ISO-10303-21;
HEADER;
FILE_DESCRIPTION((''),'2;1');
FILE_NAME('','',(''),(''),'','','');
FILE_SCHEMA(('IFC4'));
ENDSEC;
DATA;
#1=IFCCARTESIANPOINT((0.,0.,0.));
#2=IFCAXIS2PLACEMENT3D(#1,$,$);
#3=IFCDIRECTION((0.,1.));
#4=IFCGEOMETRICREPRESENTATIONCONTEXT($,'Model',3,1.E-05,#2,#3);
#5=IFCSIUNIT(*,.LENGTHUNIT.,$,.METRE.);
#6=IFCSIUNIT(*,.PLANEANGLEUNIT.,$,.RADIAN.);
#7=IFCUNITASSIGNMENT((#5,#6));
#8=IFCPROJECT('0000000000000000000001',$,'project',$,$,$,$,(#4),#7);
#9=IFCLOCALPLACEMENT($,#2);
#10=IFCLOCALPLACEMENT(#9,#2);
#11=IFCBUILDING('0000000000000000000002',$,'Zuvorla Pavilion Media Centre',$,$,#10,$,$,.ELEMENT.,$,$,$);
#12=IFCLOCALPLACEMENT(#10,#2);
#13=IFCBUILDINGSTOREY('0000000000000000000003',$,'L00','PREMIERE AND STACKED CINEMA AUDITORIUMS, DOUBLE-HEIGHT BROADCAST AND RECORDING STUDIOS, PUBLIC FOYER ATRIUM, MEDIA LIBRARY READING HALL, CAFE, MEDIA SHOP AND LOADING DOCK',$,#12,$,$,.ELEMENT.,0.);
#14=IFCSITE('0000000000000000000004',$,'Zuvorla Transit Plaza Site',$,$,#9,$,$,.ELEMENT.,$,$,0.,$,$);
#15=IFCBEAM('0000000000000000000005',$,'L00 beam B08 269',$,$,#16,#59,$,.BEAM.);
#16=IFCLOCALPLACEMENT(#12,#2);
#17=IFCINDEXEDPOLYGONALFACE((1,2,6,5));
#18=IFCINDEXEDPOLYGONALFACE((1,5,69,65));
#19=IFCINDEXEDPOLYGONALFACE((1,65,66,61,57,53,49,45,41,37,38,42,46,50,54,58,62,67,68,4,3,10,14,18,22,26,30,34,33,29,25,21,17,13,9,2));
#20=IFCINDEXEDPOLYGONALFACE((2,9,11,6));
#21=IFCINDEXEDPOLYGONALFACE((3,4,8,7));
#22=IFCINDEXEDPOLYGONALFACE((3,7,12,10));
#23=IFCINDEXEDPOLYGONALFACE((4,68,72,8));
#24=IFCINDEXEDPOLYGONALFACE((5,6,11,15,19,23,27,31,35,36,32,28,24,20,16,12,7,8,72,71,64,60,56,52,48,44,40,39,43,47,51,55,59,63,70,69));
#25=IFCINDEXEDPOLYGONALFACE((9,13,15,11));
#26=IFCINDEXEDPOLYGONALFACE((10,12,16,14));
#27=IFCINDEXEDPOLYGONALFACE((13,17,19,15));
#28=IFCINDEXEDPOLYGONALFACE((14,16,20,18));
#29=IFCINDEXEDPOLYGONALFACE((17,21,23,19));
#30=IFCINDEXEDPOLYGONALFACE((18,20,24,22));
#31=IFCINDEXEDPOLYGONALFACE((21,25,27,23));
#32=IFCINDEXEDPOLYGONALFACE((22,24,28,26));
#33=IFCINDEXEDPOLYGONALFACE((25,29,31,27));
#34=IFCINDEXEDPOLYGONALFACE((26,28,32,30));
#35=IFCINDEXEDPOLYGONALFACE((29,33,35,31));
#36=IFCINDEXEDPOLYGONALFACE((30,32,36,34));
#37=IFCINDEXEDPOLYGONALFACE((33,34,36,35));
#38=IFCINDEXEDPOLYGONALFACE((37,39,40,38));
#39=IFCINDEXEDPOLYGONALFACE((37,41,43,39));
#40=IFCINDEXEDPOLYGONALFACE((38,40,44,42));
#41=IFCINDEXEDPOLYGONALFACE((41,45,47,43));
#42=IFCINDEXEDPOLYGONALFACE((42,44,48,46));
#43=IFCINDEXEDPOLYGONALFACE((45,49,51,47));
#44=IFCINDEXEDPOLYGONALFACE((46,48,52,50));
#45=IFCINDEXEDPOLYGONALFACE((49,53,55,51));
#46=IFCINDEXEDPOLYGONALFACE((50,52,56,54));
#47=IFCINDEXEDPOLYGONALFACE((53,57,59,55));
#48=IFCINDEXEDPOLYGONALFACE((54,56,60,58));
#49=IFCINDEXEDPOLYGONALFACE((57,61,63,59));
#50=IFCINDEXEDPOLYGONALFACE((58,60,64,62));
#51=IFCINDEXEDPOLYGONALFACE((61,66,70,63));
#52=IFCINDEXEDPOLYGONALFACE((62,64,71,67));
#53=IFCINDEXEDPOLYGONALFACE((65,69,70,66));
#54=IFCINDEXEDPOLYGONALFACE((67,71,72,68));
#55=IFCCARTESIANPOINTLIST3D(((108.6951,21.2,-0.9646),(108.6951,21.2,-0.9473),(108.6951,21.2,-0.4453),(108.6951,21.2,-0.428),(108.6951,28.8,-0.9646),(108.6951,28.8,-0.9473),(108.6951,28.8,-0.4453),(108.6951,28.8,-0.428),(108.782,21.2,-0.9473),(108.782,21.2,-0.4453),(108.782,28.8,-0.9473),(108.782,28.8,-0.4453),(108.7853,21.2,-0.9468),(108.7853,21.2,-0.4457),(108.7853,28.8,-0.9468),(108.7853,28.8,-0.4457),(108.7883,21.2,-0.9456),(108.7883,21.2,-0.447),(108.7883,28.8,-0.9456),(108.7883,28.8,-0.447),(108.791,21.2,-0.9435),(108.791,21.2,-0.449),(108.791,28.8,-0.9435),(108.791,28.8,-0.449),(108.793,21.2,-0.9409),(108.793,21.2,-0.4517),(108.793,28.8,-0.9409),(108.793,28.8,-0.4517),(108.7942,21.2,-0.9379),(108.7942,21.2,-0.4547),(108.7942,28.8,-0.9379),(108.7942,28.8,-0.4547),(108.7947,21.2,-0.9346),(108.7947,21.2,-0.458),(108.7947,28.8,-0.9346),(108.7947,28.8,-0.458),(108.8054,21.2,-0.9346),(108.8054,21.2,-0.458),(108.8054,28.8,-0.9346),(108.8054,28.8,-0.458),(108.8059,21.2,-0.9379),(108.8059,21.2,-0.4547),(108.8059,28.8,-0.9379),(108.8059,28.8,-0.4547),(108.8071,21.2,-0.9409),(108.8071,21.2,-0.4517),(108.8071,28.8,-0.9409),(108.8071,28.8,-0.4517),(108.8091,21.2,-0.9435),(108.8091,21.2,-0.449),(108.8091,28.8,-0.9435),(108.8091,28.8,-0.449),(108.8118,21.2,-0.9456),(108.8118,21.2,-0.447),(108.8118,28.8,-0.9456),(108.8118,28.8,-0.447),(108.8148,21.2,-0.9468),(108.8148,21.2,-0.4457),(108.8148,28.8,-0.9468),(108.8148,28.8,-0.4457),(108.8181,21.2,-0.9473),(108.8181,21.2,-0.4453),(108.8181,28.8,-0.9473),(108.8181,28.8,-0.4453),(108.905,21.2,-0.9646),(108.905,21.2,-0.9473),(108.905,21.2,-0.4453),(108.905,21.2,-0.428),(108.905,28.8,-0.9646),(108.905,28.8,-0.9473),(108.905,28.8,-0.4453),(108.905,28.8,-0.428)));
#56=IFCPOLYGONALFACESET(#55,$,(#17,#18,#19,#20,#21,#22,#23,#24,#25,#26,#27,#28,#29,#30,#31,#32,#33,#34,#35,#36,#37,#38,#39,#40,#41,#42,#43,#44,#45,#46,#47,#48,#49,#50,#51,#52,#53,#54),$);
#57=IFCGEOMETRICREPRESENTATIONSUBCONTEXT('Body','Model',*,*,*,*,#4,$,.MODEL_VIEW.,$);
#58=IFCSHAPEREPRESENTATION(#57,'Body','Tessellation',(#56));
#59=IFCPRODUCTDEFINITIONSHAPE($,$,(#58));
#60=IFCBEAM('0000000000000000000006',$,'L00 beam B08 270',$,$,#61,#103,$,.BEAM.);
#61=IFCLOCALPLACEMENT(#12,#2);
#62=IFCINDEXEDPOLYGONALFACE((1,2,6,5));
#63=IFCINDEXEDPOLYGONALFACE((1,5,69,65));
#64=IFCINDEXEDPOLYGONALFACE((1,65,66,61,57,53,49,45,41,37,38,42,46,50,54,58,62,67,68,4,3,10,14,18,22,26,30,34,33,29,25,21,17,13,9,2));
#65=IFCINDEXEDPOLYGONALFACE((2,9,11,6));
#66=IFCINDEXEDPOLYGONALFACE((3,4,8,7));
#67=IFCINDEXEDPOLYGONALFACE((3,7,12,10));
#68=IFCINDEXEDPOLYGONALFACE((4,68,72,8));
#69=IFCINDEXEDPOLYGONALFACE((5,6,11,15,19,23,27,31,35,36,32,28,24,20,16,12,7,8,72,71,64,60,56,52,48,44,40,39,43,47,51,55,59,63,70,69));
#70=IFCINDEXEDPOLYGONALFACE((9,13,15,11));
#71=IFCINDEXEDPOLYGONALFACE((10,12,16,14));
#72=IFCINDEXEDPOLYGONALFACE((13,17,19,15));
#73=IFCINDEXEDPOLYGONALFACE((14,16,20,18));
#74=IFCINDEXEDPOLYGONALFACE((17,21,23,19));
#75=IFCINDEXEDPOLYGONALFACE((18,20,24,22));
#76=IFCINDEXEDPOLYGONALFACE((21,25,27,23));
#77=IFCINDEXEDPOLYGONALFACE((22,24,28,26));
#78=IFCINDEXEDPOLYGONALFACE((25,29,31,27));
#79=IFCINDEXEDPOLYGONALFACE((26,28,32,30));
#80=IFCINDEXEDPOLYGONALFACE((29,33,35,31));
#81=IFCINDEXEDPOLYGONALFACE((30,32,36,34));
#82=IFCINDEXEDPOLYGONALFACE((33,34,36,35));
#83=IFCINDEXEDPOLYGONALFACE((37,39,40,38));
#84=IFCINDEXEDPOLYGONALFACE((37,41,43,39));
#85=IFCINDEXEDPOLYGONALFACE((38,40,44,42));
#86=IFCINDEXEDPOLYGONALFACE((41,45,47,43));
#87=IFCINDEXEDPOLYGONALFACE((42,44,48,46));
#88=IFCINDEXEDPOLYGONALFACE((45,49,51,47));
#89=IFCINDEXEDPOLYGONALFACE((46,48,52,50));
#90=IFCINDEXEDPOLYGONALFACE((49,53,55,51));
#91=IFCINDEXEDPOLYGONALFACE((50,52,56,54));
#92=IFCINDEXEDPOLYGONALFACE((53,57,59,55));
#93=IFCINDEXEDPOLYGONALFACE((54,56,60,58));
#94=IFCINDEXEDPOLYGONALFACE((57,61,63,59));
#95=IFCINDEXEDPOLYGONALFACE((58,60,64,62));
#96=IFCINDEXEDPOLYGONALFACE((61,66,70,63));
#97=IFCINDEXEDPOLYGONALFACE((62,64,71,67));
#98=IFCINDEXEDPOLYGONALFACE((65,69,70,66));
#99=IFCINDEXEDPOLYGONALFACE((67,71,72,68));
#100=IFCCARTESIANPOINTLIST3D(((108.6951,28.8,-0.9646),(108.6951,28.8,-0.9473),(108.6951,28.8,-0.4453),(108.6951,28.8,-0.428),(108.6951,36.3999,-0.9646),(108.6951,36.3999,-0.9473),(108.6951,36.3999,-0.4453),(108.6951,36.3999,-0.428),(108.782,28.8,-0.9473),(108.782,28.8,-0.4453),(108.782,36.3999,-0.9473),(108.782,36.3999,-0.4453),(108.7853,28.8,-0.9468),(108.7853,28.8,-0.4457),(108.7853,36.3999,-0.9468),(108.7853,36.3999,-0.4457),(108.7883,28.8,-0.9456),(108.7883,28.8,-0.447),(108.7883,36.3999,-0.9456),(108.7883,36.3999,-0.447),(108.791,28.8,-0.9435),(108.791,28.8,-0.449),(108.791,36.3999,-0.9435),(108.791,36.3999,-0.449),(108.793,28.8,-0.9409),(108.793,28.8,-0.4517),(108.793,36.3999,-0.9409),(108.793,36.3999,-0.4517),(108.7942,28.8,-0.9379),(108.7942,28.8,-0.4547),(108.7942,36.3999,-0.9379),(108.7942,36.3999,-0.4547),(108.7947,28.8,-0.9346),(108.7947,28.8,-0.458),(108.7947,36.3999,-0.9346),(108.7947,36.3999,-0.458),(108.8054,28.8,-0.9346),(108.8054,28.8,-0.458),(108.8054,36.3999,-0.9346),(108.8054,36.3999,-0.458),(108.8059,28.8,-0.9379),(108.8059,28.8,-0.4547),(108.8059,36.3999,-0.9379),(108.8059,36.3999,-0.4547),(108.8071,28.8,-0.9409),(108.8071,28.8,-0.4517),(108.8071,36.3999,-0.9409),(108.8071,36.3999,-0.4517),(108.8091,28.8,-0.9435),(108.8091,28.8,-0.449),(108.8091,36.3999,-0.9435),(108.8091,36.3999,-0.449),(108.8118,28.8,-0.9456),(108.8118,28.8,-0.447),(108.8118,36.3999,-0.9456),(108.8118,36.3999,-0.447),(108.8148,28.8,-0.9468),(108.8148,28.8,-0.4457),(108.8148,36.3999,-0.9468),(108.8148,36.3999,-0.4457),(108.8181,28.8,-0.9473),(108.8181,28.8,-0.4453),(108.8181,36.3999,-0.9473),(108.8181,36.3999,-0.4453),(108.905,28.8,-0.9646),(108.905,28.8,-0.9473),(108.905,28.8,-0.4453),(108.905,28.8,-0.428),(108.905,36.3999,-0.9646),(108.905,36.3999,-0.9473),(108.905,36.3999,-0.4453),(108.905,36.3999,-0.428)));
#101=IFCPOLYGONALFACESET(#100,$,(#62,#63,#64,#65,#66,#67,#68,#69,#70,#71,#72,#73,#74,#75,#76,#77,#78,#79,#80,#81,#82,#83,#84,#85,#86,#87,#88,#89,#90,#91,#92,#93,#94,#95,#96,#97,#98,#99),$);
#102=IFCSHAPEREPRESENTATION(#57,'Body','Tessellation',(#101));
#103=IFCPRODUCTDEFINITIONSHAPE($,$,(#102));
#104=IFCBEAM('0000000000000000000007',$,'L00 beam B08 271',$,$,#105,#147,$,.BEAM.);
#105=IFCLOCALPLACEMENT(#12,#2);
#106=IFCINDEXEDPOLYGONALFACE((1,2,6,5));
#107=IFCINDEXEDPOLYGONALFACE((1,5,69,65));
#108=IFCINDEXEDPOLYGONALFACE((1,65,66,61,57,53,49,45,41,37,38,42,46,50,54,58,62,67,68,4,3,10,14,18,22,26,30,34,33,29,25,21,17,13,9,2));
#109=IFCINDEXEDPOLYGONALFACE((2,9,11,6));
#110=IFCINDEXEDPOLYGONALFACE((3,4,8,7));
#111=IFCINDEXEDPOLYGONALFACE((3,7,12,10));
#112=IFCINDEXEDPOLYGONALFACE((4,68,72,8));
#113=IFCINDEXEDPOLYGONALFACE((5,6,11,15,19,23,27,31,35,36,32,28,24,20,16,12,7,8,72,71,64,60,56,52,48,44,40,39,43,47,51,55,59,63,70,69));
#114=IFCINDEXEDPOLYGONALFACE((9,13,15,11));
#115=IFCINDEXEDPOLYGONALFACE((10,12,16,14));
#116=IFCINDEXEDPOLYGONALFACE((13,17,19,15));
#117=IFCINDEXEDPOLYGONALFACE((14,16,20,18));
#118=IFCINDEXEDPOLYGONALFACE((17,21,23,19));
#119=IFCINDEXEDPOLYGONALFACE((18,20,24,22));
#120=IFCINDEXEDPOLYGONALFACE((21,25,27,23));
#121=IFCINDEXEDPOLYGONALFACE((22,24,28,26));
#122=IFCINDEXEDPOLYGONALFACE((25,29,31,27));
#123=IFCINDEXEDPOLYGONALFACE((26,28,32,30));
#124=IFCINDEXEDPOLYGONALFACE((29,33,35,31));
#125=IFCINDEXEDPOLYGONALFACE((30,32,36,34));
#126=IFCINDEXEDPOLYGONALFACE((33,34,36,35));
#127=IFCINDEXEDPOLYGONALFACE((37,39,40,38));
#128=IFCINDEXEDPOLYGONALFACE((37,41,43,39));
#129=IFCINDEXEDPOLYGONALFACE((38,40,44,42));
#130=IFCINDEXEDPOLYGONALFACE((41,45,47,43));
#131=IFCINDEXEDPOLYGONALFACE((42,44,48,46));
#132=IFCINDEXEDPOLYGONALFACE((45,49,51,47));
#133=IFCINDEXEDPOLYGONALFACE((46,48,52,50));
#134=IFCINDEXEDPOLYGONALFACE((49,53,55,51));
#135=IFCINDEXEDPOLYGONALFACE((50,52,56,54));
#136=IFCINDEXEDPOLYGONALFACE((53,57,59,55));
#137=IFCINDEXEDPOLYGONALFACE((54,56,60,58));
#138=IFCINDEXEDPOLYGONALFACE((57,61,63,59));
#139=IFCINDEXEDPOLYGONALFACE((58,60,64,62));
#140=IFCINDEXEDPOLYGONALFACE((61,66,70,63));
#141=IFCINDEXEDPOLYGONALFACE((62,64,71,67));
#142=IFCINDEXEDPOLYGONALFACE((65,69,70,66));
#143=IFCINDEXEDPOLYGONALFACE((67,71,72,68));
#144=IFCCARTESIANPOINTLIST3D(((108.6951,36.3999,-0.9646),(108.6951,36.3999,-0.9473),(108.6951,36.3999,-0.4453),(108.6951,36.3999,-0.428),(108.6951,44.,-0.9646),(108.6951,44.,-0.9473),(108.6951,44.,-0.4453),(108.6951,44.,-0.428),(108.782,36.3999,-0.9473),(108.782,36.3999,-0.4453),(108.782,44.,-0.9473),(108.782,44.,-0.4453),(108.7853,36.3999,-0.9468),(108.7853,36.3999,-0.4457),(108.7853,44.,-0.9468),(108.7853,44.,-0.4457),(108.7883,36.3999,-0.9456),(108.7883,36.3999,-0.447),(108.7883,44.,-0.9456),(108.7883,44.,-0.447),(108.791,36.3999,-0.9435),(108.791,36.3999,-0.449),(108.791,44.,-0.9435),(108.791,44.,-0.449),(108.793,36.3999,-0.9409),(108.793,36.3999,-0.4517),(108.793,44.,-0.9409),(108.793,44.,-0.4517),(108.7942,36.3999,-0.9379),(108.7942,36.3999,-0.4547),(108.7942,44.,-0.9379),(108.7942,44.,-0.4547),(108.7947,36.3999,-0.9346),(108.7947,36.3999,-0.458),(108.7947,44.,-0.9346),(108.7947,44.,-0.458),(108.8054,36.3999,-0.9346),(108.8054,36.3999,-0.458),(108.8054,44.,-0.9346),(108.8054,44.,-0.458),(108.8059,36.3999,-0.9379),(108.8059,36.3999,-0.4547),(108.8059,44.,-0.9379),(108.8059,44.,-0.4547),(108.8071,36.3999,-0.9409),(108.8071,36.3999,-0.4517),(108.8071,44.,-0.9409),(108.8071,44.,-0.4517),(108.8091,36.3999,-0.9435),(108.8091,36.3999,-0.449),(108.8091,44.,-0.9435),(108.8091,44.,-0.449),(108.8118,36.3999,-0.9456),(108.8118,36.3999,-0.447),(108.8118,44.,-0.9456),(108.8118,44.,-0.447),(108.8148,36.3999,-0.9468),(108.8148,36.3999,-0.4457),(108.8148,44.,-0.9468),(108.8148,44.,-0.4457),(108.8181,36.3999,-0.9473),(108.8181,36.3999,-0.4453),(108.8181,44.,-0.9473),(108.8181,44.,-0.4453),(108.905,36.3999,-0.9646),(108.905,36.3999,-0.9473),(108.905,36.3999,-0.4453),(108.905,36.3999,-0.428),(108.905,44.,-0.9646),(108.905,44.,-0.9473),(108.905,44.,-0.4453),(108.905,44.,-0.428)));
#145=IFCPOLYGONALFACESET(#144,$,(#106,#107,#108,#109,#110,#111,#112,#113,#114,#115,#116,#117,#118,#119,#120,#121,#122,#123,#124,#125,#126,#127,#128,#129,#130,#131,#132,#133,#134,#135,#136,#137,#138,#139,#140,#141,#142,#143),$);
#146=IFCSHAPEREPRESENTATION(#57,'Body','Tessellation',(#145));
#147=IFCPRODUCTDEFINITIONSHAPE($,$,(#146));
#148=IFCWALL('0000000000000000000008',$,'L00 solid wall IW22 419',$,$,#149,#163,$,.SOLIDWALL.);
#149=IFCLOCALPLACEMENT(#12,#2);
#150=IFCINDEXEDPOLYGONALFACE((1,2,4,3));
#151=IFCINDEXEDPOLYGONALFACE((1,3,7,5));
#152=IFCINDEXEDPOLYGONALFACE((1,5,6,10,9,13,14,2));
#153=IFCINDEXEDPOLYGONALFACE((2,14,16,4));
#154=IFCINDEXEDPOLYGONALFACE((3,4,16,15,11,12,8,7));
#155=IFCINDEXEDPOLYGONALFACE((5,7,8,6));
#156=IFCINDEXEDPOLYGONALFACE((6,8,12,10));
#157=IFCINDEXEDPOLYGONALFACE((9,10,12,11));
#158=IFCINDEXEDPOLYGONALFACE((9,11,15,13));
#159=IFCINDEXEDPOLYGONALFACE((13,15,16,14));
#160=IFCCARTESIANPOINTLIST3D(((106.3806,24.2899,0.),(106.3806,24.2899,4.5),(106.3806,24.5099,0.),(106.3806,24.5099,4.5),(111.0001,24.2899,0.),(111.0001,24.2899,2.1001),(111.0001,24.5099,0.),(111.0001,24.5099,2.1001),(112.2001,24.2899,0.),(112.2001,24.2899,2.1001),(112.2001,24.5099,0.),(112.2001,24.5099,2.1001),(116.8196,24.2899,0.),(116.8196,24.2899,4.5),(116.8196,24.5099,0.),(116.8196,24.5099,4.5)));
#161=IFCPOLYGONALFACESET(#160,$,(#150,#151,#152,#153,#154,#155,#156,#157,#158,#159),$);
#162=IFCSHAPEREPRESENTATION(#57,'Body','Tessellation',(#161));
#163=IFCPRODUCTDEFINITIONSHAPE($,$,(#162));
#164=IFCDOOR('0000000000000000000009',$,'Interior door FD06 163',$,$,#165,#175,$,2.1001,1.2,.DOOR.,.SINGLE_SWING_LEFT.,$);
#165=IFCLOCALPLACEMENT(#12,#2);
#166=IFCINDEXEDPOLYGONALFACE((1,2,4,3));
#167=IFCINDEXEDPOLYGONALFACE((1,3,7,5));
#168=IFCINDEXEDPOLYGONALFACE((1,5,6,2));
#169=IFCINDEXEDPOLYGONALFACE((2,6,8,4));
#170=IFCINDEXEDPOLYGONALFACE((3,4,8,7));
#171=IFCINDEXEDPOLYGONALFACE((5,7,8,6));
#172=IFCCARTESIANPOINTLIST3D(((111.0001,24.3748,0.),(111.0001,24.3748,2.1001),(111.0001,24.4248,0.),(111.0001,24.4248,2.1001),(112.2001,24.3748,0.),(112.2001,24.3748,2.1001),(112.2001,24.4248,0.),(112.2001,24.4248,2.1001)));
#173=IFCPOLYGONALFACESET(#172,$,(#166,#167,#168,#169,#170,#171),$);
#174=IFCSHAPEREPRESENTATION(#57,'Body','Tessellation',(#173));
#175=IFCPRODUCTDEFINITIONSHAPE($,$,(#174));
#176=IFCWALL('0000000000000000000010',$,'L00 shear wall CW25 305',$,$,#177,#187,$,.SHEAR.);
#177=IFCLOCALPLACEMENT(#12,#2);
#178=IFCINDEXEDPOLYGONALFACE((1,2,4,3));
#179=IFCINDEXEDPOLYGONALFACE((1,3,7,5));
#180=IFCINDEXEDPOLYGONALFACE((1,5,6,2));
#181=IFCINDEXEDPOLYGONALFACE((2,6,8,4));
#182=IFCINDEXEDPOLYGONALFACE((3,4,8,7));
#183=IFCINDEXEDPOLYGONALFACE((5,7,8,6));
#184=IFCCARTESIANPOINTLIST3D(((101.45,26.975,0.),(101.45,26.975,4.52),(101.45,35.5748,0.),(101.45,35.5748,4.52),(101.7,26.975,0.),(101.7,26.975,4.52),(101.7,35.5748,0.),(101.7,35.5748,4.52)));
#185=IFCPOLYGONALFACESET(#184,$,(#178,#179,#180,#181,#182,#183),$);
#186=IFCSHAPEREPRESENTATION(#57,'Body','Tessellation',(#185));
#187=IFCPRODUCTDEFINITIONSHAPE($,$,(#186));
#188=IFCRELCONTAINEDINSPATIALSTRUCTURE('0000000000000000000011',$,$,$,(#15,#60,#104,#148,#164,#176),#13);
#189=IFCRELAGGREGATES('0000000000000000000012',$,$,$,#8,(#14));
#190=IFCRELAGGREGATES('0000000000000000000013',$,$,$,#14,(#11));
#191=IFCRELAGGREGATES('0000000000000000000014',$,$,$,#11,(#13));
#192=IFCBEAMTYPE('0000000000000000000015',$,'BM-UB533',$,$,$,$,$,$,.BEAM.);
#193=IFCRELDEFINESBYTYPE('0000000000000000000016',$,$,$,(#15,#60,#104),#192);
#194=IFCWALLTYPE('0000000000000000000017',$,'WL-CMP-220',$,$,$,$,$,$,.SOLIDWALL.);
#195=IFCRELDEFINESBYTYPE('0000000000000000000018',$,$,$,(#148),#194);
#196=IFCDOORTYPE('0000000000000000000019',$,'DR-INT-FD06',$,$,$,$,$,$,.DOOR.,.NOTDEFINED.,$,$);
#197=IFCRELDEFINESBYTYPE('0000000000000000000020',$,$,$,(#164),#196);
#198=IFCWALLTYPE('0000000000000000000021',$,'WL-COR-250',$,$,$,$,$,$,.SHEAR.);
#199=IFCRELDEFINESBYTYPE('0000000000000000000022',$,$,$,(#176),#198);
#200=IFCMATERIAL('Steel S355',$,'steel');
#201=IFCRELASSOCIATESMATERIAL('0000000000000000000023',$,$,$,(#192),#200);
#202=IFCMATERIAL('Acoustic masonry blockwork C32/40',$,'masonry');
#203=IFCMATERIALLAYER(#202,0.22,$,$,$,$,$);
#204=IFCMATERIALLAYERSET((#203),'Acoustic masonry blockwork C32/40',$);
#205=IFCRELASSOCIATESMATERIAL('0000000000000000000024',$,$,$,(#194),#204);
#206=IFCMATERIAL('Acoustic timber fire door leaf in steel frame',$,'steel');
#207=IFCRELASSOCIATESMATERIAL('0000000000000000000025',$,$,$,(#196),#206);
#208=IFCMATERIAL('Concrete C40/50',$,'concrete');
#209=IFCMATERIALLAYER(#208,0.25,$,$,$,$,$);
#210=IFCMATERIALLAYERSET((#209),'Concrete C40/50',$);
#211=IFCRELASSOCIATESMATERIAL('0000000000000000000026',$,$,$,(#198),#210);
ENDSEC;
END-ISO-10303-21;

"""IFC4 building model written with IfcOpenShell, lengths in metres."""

from ifc_helpers import new_model, si_unit, direction, frame, frame_2d, origin, origin_2d, place, context, subcontext, project, spatial, rectangle, i_section, extrude, material, layer, layer_set, material_profile, profile_set, type_object, element, fill, save


model = new_model("IFC4")

# Units and contexts
model_context = context("Model", 3, precision=1e-05, world=origin(), true_north=direction((0.0, 1.0)))
body_context = subcontext(model_context, "Body", "Model", "MODEL_VIEW")
ifc_project = project(units=[si_unit("LENGTHUNIT", "METRE"), si_unit("PLANEANGLEUNIT", "RADIAN")], contexts=[model_context])

# Site, building, storey
site_placement = place(None, origin())
site = spatial("IfcSite", under=ifc_project, at=site_placement, Name="Zuvorla Transit Plaza Site", CompositionType="ELEMENT", RefElevation=0.0)
building_placement = place(site_placement, origin())
building = spatial("IfcBuilding", under=site, at=building_placement, Name="Zuvorla Pavilion Media Centre", CompositionType="ELEMENT")
storey_placement = place(building_placement, origin())
storey = spatial("IfcBuildingStorey", under=building, at=storey_placement, Name="L00", Description="PREMIERE AND STACKED CINEMA AUDITORIUMS, DOUBLE-HEIGHT BROADCAST AND RECORDING STUDIOS, PUBLIC FOYER ATRIUM, MEDIA LIBRARY READING HALL, CAFE, MEDIA SHOP AND LOADING DOCK", CompositionType="ELEMENT", Elevation=0.0)

# Shared definitions
ifc_material_1 = material(Name="Concrete C40/50", Category="concrete")

# Beams
ifc_material_2 = material(Name="Steel S355", Category="steel")
ifc_material_profile_1 = material_profile(ifc_material_2, i_section(OverallWidth=0.21, OverallDepth=0.5366, WebThickness=0.0107, FlangeThickness=0.0173, FilletRadius=0.0127, at=origin_2d()), Name="UB 533x210x101")
ifc_profile_set_1 = profile_set([ifc_material_profile_1], Name="Steel S355")
beam_type_1 = type_object("IfcBeamType", Name="BM-UB533", PredefinedType="BEAM", material=ifc_profile_set_1)
for number, where, z_axis, x_axis, name in (
    (1, (108.8, 21.2, -0.6963), (0.0, 1.0, 0.0), (-1.0, 0.0, 0.0), "L00 beam B08 269"),
):
    element("IfcBeam", number, at=place(storey_placement, frame(where, z_axis=z_axis, x_axis=x_axis)), inside=storey, type_object=beam_type_1, Name=name, PredefinedType="BEAM", context=body_context, shape_type="SweptSolid", body=[
        extrude(i_section(OverallWidth=0.21, OverallDepth=0.5366, WebThickness=0.0107, FlangeThickness=0.0173, FilletRadius=0.0127, at=origin_2d()), origin(), (0.0, 0.0, 1.0), 7.6001),
    ])
beam_1_placement = place(storey_placement, frame((108.8, 28.8, -0.6963), z_axis=(0.0, 1.0, 0.0), x_axis=(-1.0, 0.0, 0.0)))
element("IfcBeam", 2, at=beam_1_placement, inside=storey, type_object=beam_type_1, Name="L00 beam B08 270", PredefinedType="BEAM", context=body_context, shape_type="SweptSolid", body=[
    extrude(i_section(OverallWidth=0.21, OverallDepth=0.5366, WebThickness=0.0107, FlangeThickness=0.0173, FilletRadius=0.0127, at=origin_2d()), origin(), (0.0, 0.0, 1.0), 7.5999),
])
beam_2_placement = place(storey_placement, frame((108.8, 36.3999, -0.6963), z_axis=(0.0, 1.0, 0.0), x_axis=(-1.0, 0.0, 0.0)))
element("IfcBeam", 3, at=beam_2_placement, inside=storey, type_object=beam_type_1, Name="L00 beam B08 271", PredefinedType="BEAM", context=body_context, shape_type="SweptSolid", body=[
    extrude(i_section(OverallWidth=0.21, OverallDepth=0.5366, WebThickness=0.0107, FlangeThickness=0.0173, FilletRadius=0.0127, at=origin_2d()), origin(), (0.0, 0.0, 1.0), 7.6001),
])

# Wall, opening, door
ifc_material_3 = material(Name="Acoustic masonry blockwork C32/40", Category="masonry")
ifc_layer_1 = layer(ifc_material_3, 0.22)
ifc_layer_set_1 = layer_set([ifc_layer_1], Name="Acoustic masonry blockwork C32/40")
wall_type_1 = type_object("IfcWallType", Name="WL-CMP-220", PredefinedType="SOLIDWALL", material=ifc_layer_set_1)
wall_1_placement = place(storey_placement, frame((106.3806, 24.3999, 0.0), z_axis=(0.0, 0.0, 1.0), x_axis=(1.0, 0.0, 0.0)))
wall_1 = element("IfcWall", 4, at=wall_1_placement, inside=storey, type_object=wall_type_1, Name="L00 solid wall IW22 419", PredefinedType="SOLIDWALL", context=body_context, shape_type="SweptSolid", body=[
    extrude(rectangle(XDim=10.439, YDim=0.22, at=frame_2d((5.2195, 0.0))), origin(), (0.0, 0.0, 1.0), 4.5),
])
opening_1_placement = place(wall_1_placement, frame((4.6194, 0.0, 0.0)))
opening_1 = element("IfcOpeningElement", 5, at=opening_1_placement, cuts=wall_1, PredefinedType="OPENING", context=body_context, shape_type="SweptSolid", body=[
    extrude(rectangle(XDim=1.2, YDim=2.1001, at=frame_2d((0.6001, 1.05))), frame((0.0, 0.1199, 0.0), z_axis=(0.0, -1.0, 0.0), x_axis=(1.0, 0.0, 0.0)), (0.0, 0.0, 1.0), 0.24),
])
ifc_material_4 = material(Name="Acoustic timber fire door leaf in steel frame", Category="steel")
door_type_1 = type_object("IfcDoorType", Name="DR-INT-FD06", OperationType="NOTDEFINED", PredefinedType="DOOR", material=ifc_material_4)
door_1_placement = place(opening_1_placement, origin())
door_1 = element("IfcDoor", 6, at=door_1_placement, inside=storey, type_object=door_type_1, Name="Interior door FD06 163", OperationType="SINGLE_SWING_LEFT", OverallHeight=2.1001, OverallWidth=1.2, PredefinedType="DOOR", context=body_context, shape_type="SweptSolid", body=[
    extrude(rectangle(XDim=1.2, YDim=2.1001, at=frame_2d((0.6001, 1.05))), frame((0.0, 0.0249, 0.0), z_axis=(0.0, -1.0, 0.0), x_axis=(1.0, 0.0, 0.0)), (0.0, 0.0, 1.0), 0.05),
])
fill(opening_1, door_1)

# Wall
ifc_layer_2 = layer(ifc_material_1, 0.25)
ifc_layer_set_2 = layer_set([ifc_layer_2], Name="Concrete C40/50")
wall_type_2 = type_object("IfcWallType", Name="WL-COR-250", PredefinedType="SHEAR", material=ifc_layer_set_2)
for number, where, z_axis, x_axis, name in (
    (7, (101.575, 26.9751, 0.0), (0.0, 0.0, 1.0), (0.0, 1.0, 0.0), "L00 shear wall CW25 305"),
):
    element("IfcWall", number, at=place(storey_placement, frame(where, z_axis=z_axis, x_axis=x_axis)), inside=storey, type_object=wall_type_2, Name=name, PredefinedType="SHEAR", context=body_context, shape_type="SweptSolid", body=[
        extrude(rectangle(XDim=8.5999, YDim=0.25, at=frame_2d((4.2998, 0.0))), origin(), (0.0, 0.0, 1.0), 4.52),
    ])

save(model, "model.ifc")
